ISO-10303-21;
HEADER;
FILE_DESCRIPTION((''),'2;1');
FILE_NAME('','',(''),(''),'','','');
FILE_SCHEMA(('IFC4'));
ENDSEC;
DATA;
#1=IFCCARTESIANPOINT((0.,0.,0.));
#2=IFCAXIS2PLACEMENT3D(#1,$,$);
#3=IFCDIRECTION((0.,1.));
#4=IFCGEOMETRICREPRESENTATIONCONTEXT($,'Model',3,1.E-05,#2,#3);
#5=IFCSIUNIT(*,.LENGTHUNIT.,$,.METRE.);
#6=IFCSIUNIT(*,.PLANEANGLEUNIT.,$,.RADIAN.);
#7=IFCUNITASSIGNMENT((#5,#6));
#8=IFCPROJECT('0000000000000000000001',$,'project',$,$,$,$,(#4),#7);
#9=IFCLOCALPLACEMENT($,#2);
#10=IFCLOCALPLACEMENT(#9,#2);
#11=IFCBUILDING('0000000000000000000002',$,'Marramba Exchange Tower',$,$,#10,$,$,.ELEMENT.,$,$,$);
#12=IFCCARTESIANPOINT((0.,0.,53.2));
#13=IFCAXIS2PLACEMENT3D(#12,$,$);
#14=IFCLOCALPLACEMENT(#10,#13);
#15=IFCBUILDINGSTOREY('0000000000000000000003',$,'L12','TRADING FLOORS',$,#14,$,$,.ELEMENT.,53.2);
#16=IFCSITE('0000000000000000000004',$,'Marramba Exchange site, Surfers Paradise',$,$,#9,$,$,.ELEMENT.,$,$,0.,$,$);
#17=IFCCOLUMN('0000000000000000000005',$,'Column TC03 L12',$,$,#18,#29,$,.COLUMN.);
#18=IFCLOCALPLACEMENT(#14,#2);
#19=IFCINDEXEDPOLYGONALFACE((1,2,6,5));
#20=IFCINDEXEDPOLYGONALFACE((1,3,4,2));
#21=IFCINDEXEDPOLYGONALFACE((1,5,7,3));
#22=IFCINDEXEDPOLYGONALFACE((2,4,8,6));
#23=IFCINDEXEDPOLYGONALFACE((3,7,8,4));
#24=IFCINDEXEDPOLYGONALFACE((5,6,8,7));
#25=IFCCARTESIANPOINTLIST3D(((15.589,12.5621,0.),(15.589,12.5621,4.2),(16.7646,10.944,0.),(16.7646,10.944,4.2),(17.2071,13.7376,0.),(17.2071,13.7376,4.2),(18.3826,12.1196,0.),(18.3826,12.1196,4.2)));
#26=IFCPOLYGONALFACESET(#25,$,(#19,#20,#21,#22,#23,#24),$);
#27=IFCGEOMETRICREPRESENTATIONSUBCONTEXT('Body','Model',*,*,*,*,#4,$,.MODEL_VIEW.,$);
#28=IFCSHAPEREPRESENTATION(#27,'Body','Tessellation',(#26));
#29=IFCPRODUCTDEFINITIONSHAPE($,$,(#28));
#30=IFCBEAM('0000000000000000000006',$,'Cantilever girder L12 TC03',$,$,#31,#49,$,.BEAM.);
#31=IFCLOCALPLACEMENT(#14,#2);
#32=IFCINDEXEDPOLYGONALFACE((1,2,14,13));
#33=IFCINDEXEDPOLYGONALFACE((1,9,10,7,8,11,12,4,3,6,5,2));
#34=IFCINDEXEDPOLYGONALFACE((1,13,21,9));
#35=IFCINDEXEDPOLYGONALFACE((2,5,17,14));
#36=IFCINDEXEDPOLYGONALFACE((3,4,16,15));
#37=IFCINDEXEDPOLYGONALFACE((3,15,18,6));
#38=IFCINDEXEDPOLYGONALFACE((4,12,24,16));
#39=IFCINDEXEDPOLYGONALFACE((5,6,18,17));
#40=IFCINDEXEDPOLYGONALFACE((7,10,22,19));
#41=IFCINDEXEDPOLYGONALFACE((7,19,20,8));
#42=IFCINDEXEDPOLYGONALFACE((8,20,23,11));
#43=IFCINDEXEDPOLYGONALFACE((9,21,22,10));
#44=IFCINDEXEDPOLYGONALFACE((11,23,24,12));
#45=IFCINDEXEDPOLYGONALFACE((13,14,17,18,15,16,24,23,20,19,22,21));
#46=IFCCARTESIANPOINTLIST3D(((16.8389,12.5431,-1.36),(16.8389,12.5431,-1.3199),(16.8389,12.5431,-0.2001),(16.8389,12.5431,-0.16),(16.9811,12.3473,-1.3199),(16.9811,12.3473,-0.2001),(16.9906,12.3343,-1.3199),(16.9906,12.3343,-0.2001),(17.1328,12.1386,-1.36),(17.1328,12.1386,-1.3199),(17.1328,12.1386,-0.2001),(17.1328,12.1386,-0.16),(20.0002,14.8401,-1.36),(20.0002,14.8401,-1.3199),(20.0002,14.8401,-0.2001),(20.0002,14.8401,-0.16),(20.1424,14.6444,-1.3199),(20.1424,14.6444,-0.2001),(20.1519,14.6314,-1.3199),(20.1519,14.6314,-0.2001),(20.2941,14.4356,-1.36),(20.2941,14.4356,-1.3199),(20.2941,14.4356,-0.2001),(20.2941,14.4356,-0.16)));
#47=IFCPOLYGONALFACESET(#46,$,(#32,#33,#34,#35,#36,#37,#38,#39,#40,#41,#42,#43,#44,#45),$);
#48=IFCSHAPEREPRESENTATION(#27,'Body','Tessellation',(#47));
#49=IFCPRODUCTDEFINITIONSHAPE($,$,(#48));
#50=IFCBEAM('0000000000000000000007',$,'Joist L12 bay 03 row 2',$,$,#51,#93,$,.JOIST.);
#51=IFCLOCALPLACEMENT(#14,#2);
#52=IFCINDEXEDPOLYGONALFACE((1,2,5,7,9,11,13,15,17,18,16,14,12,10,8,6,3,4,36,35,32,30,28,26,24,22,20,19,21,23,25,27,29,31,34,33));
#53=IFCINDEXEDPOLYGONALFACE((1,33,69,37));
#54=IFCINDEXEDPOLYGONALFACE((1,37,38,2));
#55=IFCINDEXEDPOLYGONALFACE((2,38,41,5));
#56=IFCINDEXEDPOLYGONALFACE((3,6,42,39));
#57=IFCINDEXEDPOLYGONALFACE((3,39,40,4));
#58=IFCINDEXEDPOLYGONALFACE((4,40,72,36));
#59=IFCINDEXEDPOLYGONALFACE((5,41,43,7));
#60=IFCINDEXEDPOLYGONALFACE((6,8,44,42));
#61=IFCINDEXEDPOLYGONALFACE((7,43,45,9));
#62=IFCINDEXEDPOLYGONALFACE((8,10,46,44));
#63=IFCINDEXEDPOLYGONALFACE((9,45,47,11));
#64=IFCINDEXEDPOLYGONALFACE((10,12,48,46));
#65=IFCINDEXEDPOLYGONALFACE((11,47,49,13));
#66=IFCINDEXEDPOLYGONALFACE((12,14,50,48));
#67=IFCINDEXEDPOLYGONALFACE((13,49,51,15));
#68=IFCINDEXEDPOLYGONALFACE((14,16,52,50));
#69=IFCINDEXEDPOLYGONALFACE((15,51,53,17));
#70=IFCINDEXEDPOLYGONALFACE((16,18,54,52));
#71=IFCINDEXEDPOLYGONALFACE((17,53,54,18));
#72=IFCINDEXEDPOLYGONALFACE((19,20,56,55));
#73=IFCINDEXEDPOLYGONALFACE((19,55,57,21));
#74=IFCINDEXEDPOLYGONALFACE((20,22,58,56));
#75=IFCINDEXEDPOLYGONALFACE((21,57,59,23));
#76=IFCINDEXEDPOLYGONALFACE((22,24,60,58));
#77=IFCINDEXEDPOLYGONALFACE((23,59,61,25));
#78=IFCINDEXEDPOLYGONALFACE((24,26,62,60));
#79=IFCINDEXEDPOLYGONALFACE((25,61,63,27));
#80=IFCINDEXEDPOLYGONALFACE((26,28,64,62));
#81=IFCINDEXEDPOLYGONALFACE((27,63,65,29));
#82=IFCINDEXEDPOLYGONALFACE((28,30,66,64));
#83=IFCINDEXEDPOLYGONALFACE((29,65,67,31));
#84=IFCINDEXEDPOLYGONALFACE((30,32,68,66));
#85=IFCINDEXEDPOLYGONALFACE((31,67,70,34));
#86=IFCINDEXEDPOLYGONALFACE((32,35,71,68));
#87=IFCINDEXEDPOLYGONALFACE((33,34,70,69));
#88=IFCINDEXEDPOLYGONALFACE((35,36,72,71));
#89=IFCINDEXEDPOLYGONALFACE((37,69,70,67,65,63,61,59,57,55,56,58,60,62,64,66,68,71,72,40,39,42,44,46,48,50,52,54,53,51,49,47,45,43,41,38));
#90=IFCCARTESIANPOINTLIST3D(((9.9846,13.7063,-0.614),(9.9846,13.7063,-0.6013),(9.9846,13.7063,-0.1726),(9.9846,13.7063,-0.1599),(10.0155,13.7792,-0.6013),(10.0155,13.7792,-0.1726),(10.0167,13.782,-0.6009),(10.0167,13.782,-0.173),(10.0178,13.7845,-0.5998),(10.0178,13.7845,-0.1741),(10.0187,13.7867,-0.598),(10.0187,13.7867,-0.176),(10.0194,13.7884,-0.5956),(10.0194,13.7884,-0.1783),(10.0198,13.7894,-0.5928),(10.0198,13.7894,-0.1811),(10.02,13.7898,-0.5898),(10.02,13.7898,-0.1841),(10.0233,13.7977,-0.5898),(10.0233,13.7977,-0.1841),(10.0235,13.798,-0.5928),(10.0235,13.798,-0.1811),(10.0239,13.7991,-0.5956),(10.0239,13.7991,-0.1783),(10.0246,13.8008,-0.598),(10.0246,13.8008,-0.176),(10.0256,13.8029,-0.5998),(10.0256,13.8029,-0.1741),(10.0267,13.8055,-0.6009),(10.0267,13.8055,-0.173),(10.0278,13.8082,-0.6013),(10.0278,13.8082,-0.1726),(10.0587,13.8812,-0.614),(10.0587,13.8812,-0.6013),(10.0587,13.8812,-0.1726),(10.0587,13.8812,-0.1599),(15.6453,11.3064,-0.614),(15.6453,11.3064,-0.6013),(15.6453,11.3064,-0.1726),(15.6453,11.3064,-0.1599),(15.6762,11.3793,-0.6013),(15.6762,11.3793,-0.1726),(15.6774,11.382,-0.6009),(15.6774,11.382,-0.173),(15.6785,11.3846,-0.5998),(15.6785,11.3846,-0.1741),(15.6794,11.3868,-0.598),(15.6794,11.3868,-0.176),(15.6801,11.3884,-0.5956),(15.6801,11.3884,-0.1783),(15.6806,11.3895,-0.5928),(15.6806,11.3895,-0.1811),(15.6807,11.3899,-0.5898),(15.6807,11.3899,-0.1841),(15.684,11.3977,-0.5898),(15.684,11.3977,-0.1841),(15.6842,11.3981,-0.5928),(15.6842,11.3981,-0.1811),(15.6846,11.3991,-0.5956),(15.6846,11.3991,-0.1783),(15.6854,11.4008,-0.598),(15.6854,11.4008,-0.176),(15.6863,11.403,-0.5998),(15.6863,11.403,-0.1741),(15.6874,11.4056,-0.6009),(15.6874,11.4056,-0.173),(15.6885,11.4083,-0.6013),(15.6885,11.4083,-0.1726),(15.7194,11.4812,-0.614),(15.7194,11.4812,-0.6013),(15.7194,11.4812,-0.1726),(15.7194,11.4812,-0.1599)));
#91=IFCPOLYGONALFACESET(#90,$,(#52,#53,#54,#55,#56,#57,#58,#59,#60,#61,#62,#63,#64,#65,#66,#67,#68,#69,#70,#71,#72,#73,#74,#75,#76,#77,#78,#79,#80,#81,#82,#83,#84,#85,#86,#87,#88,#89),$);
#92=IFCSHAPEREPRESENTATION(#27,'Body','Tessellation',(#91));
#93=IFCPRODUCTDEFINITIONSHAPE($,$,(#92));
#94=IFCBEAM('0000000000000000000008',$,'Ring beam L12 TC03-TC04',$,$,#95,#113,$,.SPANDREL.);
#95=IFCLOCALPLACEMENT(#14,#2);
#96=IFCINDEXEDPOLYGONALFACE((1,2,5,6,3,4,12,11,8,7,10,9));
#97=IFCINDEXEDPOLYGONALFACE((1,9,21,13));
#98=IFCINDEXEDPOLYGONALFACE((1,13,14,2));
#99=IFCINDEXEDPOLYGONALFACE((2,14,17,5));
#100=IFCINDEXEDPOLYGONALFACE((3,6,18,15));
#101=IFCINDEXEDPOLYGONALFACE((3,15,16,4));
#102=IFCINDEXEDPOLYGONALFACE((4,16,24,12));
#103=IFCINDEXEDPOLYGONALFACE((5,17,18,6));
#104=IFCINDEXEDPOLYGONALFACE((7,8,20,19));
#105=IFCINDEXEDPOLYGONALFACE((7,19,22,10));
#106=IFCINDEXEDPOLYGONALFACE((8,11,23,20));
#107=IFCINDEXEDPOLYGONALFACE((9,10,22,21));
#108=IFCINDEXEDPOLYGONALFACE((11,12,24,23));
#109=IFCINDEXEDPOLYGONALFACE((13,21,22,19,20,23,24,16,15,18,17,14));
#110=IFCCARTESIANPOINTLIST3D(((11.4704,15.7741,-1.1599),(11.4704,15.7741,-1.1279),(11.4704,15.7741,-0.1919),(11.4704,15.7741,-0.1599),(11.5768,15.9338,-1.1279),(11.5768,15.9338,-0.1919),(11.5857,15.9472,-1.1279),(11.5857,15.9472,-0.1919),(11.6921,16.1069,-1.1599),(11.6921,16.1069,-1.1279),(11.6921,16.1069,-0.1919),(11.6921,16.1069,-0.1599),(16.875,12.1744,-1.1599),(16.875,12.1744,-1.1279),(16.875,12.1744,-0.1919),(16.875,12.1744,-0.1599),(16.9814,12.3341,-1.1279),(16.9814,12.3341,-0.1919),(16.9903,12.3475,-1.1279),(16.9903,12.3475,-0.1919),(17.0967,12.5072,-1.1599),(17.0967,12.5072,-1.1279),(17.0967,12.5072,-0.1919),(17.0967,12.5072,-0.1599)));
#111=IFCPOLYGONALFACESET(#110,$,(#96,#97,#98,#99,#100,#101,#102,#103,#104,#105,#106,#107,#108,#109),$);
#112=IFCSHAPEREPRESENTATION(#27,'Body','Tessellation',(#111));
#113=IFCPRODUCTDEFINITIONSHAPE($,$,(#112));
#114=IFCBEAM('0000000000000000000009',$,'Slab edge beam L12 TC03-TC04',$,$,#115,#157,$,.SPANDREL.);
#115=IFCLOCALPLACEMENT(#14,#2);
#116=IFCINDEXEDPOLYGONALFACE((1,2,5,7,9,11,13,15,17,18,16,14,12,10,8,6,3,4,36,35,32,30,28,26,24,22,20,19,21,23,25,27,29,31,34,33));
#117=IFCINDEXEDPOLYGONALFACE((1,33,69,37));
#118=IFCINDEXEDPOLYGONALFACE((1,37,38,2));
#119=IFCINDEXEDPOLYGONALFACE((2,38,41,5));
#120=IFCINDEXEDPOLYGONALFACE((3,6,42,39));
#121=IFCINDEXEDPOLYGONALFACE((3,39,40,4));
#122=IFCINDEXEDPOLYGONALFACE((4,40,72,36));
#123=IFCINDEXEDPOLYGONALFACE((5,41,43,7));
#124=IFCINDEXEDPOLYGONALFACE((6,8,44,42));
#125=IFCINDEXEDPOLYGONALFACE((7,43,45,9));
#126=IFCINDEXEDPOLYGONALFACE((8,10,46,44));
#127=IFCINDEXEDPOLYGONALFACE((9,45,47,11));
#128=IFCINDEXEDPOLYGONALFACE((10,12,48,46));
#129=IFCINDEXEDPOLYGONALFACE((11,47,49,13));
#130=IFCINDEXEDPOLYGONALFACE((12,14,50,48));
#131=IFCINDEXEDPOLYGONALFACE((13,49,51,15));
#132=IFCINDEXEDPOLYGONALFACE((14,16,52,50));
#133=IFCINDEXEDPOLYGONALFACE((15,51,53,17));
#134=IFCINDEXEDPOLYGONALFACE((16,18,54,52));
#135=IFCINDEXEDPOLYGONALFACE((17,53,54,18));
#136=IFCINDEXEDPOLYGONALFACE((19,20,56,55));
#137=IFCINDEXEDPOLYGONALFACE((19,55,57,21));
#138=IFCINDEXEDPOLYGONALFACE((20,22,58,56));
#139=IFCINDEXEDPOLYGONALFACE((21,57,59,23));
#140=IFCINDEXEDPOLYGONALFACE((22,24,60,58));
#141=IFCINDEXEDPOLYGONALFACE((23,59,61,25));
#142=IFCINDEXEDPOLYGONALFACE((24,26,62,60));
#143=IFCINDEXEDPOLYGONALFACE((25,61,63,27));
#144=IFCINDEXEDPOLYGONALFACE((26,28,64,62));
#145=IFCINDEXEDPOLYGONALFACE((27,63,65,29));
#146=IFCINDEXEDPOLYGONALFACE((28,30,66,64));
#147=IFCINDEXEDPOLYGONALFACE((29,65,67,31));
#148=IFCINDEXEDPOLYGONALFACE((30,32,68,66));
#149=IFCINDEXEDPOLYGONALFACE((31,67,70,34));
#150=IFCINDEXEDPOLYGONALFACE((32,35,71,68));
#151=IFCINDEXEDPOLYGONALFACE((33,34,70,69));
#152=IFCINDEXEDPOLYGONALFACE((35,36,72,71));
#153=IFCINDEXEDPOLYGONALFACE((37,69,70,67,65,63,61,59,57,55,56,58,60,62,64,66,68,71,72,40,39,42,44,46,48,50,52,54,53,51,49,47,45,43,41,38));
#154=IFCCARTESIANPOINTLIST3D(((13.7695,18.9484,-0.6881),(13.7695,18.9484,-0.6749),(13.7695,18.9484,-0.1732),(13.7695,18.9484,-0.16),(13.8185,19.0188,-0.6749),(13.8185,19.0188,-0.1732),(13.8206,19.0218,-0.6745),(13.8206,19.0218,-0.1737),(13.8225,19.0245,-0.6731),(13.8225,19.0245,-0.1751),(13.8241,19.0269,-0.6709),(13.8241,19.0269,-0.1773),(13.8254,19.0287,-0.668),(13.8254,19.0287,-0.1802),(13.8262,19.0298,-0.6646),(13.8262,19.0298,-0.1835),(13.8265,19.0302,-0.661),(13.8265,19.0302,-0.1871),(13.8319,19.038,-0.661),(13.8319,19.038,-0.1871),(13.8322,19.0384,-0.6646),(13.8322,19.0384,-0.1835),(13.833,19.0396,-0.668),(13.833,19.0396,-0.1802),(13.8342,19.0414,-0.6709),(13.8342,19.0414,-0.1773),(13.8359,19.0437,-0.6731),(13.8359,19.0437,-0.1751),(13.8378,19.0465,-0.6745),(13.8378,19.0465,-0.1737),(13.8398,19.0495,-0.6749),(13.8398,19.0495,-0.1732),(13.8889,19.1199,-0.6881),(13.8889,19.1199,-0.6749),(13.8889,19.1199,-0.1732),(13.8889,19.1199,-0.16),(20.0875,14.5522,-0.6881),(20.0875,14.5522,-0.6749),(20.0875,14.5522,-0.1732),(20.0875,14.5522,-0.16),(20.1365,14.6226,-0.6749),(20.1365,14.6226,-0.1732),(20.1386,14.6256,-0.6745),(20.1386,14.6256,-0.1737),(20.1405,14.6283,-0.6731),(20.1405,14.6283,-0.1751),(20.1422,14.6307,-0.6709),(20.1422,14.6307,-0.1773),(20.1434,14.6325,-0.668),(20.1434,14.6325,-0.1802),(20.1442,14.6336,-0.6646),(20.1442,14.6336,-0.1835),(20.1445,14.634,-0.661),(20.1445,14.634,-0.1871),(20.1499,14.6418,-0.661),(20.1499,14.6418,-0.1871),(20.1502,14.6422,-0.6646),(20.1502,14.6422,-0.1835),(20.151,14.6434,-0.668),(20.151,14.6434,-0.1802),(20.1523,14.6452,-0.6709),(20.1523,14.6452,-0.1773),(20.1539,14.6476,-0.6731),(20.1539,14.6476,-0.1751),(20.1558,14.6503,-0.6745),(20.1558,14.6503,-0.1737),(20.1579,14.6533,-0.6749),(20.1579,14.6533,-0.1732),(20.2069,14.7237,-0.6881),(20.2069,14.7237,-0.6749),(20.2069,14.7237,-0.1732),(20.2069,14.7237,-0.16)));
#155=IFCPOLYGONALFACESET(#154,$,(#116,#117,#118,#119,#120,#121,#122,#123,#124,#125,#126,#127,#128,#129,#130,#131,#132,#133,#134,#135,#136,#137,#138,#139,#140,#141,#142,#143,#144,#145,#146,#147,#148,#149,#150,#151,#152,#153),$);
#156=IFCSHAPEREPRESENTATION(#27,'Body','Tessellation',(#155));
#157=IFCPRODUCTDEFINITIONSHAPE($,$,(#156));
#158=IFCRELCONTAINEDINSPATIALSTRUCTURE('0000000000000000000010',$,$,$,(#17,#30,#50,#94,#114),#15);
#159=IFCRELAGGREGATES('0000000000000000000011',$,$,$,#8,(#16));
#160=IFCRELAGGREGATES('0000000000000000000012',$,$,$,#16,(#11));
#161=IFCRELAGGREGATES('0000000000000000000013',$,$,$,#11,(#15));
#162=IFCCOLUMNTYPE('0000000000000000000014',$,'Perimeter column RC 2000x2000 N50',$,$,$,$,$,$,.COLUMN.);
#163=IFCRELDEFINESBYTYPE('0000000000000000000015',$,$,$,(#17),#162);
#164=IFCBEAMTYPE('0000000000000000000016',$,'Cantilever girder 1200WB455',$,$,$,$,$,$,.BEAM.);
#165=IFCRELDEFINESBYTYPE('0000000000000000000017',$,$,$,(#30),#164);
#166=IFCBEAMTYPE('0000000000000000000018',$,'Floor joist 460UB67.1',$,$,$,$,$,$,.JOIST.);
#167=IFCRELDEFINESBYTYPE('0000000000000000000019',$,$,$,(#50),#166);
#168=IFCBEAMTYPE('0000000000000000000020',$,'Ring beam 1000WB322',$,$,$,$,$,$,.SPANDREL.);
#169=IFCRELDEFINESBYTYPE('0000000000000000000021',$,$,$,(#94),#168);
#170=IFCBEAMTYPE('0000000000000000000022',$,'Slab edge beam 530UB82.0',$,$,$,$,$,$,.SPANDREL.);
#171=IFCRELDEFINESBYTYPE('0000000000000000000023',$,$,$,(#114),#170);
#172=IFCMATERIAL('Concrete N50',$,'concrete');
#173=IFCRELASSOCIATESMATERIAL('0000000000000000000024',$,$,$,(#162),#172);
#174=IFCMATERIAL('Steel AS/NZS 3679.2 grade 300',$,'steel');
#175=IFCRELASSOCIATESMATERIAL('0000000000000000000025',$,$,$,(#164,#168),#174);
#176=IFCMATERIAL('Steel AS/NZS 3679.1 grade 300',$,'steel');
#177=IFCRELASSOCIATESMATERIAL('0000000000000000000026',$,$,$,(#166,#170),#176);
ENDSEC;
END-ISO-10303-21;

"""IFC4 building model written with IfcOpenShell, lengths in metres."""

from ifc_helpers import new_model, si_unit, direction, frame, origin, origin_2d, place, context, subcontext, project, spatial, rectangle, i_section, extrude, material, material_profile, profile_set, type_object, element, save


model = new_model("IFC4")

# Units and contexts
model_context = context("Model", 3, precision=1e-05, world=origin(), true_north=direction((0.0, 1.0)))
body_context = subcontext(model_context, "Body", "Model", "MODEL_VIEW")
ifc_project = project(units=[si_unit("LENGTHUNIT", "METRE"), si_unit("PLANEANGLEUNIT", "RADIAN")], contexts=[model_context])

# Site, building, storey
site_placement = place(None, origin())
site = spatial("IfcSite", under=ifc_project, at=site_placement, Name="Marramba Exchange site, Surfers Paradise", CompositionType="ELEMENT", RefElevation=0.0)
building_placement = place(site_placement, origin())
building = spatial("IfcBuilding", under=site, at=building_placement, Name="Marramba Exchange Tower", CompositionType="ELEMENT")
storey_placement = place(building_placement, frame((0.0, 0.0, 53.2)))
storey = spatial("IfcBuildingStorey", under=building, at=storey_placement, Name="L12", Description="TRADING FLOORS", CompositionType="ELEMENT", Elevation=53.2)

# Column
ifc_material_1 = material(Name="Concrete N50", Category="concrete")
ifc_material_profile_1 = material_profile(ifc_material_1, rectangle(XDim=2.0, YDim=2.0, at=origin_2d()), Name="RC 2000x2000")
ifc_profile_set_1 = profile_set([ifc_material_profile_1], Name="Concrete N50")
column_type = type_object("IfcColumnType", Name="Perimeter column RC 2000x2000 N50", PredefinedType="COLUMN", material=ifc_profile_set_1)
column_placement = place(storey_placement, frame((16.9858, 12.3408, 0.0), z_axis=(0.0, 0.0, 1.0), x_axis=(0.809017, 0.587785, 0.0)))
element("IfcColumn", 1, at=column_placement, inside=storey, type_object=column_type, Name="Column TC03 L12", PredefinedType="COLUMN", context=body_context, shape_type="SweptSolid", body=[
    extrude(rectangle(XDim=2.0, YDim=2.0, at=origin_2d()), origin(), (0.0, 0.0, 1.0), 4.2),
])

# Beams
ifc_material_2 = material(Name="Steel AS/NZS 3679.2 grade 300", Category="steel")
ifc_material_profile_2 = material_profile(ifc_material_2, i_section(OverallWidth=0.5, OverallDepth=1.2, WebThickness=0.0161, FlangeThickness=0.04, at=origin_2d()), Name="1200WB455")
ifc_profile_set_2 = profile_set([ifc_material_profile_2], Name="Steel AS/NZS 3679.2 grade 300")
beam_type_1 = type_object("IfcBeamType", Name="Cantilever girder 1200WB455", PredefinedType="BEAM", material=ifc_profile_set_2)
beam_1_placement = place(storey_placement, frame((16.9858, 12.3408, -0.76), z_axis=(0.808987, 0.587826, 0.0), x_axis=(-0.587826, 0.808987, 0.0)))
element("IfcBeam", 2, at=beam_1_placement, inside=storey, type_object=beam_type_1, Name="Cantilever girder L12 TC03", PredefinedType="BEAM", context=body_context, shape_type="SweptSolid", body=[
    extrude(i_section(OverallWidth=0.5, OverallDepth=1.2, WebThickness=0.0161, FlangeThickness=0.04, at=origin_2d()), origin(), (0.0, 0.0, 1.0), 3.9077),
])
ifc_material_3 = material(Name="Steel AS/NZS 3679.1 grade 300", Category="steel")
ifc_material_profile_3 = material_profile(ifc_material_3, i_section(OverallWidth=0.1899, OverallDepth=0.4541, WebThickness=0.0085, FlangeThickness=0.0127, FilletRadius=0.0115, at=origin_2d()), Name="460UB67.1")
ifc_profile_set_3 = profile_set([ifc_material_profile_3], Name="Steel AS/NZS 3679.1 grade 300")
beam_type_2 = type_object("IfcBeamType", Name="Floor joist 460UB67.1", PredefinedType="JOIST", material=ifc_profile_set_3)
beam_2_placement = place(storey_placement, frame((15.6824, 11.3938, -0.387), z_axis=(-0.920674, 0.390332, 0.0), x_axis=(-0.390332, -0.920674, 0.0)))
element("IfcBeam", 3, at=beam_2_placement, inside=storey, type_object=beam_type_2, Name="Joist L12 bay 03 row 2", PredefinedType="JOIST", context=body_context, shape_type="SweptSolid", body=[
    extrude(i_section(OverallWidth=0.1899, OverallDepth=0.4541, WebThickness=0.0085, FlangeThickness=0.0127, FilletRadius=0.0115, at=origin_2d()), origin(), (0.0, 0.0, 1.0), 6.1484),
])
ifc_material_profile_4 = material_profile(ifc_material_2, i_section(OverallWidth=0.3999, OverallDepth=1.0, WebThickness=0.0161, FlangeThickness=0.032, at=origin_2d()), Name="1000WB322")
ifc_profile_set_4 = profile_set([ifc_material_profile_4], Name="Steel AS/NZS 3679.2 grade 300")
beam_type_3 = type_object("IfcBeamType", Name="Ring beam 1000WB322", PredefinedType="SPANDREL", material=ifc_profile_set_4)
beam_3_placement = place(storey_placement, frame((16.9858, 12.3408, -0.6599), z_axis=(-0.832293, 0.554336, 0.0), x_axis=(-0.554336, -0.832293, 0.0)))
element("IfcBeam", 4, at=beam_3_placement, inside=storey, type_object=beam_type_3, Name="Ring beam L12 TC03-TC04", PredefinedType="SPANDREL", context=body_context, shape_type="SweptSolid", body=[
    extrude(i_section(OverallWidth=0.3999, OverallDepth=1.0, WebThickness=0.0161, FlangeThickness=0.032, at=origin_2d()), origin(), (0.0, 0.0, 1.0), 6.4937),
])
ifc_material_profile_5 = material_profile(ifc_material_3, i_section(OverallWidth=0.209, OverallDepth=0.5281, WebThickness=0.0095, FlangeThickness=0.0132, FilletRadius=0.0139, at=origin_2d()), Name="530UB82.0")
ifc_profile_set_5 = profile_set([ifc_material_profile_5], Name="Steel AS/NZS 3679.1 grade 300")
beam_type_4 = type_object("IfcBeamType", Name="Slab edge beam 530UB82.0", PredefinedType="SPANDREL", material=ifc_profile_set_5)
beam_4_placement = place(storey_placement, frame((20.1472, 14.6379, -0.4241), z_axis=(-0.820842, 0.571155, 0.0), x_axis=(-0.571155, -0.820842, 0.0)))
element("IfcBeam", 5, at=beam_4_placement, inside=storey, type_object=beam_type_4, Name="Slab edge beam L12 TC03-TC04", PredefinedType="SPANDREL", context=body_context, shape_type="SweptSolid", body=[
    extrude(i_section(OverallWidth=0.209, OverallDepth=0.5281, WebThickness=0.0095, FlangeThickness=0.0132, FilletRadius=0.0139, at=origin_2d()), origin(), (0.0, 0.0, 1.0), 7.697),
])

save(model, "model.ifc")
